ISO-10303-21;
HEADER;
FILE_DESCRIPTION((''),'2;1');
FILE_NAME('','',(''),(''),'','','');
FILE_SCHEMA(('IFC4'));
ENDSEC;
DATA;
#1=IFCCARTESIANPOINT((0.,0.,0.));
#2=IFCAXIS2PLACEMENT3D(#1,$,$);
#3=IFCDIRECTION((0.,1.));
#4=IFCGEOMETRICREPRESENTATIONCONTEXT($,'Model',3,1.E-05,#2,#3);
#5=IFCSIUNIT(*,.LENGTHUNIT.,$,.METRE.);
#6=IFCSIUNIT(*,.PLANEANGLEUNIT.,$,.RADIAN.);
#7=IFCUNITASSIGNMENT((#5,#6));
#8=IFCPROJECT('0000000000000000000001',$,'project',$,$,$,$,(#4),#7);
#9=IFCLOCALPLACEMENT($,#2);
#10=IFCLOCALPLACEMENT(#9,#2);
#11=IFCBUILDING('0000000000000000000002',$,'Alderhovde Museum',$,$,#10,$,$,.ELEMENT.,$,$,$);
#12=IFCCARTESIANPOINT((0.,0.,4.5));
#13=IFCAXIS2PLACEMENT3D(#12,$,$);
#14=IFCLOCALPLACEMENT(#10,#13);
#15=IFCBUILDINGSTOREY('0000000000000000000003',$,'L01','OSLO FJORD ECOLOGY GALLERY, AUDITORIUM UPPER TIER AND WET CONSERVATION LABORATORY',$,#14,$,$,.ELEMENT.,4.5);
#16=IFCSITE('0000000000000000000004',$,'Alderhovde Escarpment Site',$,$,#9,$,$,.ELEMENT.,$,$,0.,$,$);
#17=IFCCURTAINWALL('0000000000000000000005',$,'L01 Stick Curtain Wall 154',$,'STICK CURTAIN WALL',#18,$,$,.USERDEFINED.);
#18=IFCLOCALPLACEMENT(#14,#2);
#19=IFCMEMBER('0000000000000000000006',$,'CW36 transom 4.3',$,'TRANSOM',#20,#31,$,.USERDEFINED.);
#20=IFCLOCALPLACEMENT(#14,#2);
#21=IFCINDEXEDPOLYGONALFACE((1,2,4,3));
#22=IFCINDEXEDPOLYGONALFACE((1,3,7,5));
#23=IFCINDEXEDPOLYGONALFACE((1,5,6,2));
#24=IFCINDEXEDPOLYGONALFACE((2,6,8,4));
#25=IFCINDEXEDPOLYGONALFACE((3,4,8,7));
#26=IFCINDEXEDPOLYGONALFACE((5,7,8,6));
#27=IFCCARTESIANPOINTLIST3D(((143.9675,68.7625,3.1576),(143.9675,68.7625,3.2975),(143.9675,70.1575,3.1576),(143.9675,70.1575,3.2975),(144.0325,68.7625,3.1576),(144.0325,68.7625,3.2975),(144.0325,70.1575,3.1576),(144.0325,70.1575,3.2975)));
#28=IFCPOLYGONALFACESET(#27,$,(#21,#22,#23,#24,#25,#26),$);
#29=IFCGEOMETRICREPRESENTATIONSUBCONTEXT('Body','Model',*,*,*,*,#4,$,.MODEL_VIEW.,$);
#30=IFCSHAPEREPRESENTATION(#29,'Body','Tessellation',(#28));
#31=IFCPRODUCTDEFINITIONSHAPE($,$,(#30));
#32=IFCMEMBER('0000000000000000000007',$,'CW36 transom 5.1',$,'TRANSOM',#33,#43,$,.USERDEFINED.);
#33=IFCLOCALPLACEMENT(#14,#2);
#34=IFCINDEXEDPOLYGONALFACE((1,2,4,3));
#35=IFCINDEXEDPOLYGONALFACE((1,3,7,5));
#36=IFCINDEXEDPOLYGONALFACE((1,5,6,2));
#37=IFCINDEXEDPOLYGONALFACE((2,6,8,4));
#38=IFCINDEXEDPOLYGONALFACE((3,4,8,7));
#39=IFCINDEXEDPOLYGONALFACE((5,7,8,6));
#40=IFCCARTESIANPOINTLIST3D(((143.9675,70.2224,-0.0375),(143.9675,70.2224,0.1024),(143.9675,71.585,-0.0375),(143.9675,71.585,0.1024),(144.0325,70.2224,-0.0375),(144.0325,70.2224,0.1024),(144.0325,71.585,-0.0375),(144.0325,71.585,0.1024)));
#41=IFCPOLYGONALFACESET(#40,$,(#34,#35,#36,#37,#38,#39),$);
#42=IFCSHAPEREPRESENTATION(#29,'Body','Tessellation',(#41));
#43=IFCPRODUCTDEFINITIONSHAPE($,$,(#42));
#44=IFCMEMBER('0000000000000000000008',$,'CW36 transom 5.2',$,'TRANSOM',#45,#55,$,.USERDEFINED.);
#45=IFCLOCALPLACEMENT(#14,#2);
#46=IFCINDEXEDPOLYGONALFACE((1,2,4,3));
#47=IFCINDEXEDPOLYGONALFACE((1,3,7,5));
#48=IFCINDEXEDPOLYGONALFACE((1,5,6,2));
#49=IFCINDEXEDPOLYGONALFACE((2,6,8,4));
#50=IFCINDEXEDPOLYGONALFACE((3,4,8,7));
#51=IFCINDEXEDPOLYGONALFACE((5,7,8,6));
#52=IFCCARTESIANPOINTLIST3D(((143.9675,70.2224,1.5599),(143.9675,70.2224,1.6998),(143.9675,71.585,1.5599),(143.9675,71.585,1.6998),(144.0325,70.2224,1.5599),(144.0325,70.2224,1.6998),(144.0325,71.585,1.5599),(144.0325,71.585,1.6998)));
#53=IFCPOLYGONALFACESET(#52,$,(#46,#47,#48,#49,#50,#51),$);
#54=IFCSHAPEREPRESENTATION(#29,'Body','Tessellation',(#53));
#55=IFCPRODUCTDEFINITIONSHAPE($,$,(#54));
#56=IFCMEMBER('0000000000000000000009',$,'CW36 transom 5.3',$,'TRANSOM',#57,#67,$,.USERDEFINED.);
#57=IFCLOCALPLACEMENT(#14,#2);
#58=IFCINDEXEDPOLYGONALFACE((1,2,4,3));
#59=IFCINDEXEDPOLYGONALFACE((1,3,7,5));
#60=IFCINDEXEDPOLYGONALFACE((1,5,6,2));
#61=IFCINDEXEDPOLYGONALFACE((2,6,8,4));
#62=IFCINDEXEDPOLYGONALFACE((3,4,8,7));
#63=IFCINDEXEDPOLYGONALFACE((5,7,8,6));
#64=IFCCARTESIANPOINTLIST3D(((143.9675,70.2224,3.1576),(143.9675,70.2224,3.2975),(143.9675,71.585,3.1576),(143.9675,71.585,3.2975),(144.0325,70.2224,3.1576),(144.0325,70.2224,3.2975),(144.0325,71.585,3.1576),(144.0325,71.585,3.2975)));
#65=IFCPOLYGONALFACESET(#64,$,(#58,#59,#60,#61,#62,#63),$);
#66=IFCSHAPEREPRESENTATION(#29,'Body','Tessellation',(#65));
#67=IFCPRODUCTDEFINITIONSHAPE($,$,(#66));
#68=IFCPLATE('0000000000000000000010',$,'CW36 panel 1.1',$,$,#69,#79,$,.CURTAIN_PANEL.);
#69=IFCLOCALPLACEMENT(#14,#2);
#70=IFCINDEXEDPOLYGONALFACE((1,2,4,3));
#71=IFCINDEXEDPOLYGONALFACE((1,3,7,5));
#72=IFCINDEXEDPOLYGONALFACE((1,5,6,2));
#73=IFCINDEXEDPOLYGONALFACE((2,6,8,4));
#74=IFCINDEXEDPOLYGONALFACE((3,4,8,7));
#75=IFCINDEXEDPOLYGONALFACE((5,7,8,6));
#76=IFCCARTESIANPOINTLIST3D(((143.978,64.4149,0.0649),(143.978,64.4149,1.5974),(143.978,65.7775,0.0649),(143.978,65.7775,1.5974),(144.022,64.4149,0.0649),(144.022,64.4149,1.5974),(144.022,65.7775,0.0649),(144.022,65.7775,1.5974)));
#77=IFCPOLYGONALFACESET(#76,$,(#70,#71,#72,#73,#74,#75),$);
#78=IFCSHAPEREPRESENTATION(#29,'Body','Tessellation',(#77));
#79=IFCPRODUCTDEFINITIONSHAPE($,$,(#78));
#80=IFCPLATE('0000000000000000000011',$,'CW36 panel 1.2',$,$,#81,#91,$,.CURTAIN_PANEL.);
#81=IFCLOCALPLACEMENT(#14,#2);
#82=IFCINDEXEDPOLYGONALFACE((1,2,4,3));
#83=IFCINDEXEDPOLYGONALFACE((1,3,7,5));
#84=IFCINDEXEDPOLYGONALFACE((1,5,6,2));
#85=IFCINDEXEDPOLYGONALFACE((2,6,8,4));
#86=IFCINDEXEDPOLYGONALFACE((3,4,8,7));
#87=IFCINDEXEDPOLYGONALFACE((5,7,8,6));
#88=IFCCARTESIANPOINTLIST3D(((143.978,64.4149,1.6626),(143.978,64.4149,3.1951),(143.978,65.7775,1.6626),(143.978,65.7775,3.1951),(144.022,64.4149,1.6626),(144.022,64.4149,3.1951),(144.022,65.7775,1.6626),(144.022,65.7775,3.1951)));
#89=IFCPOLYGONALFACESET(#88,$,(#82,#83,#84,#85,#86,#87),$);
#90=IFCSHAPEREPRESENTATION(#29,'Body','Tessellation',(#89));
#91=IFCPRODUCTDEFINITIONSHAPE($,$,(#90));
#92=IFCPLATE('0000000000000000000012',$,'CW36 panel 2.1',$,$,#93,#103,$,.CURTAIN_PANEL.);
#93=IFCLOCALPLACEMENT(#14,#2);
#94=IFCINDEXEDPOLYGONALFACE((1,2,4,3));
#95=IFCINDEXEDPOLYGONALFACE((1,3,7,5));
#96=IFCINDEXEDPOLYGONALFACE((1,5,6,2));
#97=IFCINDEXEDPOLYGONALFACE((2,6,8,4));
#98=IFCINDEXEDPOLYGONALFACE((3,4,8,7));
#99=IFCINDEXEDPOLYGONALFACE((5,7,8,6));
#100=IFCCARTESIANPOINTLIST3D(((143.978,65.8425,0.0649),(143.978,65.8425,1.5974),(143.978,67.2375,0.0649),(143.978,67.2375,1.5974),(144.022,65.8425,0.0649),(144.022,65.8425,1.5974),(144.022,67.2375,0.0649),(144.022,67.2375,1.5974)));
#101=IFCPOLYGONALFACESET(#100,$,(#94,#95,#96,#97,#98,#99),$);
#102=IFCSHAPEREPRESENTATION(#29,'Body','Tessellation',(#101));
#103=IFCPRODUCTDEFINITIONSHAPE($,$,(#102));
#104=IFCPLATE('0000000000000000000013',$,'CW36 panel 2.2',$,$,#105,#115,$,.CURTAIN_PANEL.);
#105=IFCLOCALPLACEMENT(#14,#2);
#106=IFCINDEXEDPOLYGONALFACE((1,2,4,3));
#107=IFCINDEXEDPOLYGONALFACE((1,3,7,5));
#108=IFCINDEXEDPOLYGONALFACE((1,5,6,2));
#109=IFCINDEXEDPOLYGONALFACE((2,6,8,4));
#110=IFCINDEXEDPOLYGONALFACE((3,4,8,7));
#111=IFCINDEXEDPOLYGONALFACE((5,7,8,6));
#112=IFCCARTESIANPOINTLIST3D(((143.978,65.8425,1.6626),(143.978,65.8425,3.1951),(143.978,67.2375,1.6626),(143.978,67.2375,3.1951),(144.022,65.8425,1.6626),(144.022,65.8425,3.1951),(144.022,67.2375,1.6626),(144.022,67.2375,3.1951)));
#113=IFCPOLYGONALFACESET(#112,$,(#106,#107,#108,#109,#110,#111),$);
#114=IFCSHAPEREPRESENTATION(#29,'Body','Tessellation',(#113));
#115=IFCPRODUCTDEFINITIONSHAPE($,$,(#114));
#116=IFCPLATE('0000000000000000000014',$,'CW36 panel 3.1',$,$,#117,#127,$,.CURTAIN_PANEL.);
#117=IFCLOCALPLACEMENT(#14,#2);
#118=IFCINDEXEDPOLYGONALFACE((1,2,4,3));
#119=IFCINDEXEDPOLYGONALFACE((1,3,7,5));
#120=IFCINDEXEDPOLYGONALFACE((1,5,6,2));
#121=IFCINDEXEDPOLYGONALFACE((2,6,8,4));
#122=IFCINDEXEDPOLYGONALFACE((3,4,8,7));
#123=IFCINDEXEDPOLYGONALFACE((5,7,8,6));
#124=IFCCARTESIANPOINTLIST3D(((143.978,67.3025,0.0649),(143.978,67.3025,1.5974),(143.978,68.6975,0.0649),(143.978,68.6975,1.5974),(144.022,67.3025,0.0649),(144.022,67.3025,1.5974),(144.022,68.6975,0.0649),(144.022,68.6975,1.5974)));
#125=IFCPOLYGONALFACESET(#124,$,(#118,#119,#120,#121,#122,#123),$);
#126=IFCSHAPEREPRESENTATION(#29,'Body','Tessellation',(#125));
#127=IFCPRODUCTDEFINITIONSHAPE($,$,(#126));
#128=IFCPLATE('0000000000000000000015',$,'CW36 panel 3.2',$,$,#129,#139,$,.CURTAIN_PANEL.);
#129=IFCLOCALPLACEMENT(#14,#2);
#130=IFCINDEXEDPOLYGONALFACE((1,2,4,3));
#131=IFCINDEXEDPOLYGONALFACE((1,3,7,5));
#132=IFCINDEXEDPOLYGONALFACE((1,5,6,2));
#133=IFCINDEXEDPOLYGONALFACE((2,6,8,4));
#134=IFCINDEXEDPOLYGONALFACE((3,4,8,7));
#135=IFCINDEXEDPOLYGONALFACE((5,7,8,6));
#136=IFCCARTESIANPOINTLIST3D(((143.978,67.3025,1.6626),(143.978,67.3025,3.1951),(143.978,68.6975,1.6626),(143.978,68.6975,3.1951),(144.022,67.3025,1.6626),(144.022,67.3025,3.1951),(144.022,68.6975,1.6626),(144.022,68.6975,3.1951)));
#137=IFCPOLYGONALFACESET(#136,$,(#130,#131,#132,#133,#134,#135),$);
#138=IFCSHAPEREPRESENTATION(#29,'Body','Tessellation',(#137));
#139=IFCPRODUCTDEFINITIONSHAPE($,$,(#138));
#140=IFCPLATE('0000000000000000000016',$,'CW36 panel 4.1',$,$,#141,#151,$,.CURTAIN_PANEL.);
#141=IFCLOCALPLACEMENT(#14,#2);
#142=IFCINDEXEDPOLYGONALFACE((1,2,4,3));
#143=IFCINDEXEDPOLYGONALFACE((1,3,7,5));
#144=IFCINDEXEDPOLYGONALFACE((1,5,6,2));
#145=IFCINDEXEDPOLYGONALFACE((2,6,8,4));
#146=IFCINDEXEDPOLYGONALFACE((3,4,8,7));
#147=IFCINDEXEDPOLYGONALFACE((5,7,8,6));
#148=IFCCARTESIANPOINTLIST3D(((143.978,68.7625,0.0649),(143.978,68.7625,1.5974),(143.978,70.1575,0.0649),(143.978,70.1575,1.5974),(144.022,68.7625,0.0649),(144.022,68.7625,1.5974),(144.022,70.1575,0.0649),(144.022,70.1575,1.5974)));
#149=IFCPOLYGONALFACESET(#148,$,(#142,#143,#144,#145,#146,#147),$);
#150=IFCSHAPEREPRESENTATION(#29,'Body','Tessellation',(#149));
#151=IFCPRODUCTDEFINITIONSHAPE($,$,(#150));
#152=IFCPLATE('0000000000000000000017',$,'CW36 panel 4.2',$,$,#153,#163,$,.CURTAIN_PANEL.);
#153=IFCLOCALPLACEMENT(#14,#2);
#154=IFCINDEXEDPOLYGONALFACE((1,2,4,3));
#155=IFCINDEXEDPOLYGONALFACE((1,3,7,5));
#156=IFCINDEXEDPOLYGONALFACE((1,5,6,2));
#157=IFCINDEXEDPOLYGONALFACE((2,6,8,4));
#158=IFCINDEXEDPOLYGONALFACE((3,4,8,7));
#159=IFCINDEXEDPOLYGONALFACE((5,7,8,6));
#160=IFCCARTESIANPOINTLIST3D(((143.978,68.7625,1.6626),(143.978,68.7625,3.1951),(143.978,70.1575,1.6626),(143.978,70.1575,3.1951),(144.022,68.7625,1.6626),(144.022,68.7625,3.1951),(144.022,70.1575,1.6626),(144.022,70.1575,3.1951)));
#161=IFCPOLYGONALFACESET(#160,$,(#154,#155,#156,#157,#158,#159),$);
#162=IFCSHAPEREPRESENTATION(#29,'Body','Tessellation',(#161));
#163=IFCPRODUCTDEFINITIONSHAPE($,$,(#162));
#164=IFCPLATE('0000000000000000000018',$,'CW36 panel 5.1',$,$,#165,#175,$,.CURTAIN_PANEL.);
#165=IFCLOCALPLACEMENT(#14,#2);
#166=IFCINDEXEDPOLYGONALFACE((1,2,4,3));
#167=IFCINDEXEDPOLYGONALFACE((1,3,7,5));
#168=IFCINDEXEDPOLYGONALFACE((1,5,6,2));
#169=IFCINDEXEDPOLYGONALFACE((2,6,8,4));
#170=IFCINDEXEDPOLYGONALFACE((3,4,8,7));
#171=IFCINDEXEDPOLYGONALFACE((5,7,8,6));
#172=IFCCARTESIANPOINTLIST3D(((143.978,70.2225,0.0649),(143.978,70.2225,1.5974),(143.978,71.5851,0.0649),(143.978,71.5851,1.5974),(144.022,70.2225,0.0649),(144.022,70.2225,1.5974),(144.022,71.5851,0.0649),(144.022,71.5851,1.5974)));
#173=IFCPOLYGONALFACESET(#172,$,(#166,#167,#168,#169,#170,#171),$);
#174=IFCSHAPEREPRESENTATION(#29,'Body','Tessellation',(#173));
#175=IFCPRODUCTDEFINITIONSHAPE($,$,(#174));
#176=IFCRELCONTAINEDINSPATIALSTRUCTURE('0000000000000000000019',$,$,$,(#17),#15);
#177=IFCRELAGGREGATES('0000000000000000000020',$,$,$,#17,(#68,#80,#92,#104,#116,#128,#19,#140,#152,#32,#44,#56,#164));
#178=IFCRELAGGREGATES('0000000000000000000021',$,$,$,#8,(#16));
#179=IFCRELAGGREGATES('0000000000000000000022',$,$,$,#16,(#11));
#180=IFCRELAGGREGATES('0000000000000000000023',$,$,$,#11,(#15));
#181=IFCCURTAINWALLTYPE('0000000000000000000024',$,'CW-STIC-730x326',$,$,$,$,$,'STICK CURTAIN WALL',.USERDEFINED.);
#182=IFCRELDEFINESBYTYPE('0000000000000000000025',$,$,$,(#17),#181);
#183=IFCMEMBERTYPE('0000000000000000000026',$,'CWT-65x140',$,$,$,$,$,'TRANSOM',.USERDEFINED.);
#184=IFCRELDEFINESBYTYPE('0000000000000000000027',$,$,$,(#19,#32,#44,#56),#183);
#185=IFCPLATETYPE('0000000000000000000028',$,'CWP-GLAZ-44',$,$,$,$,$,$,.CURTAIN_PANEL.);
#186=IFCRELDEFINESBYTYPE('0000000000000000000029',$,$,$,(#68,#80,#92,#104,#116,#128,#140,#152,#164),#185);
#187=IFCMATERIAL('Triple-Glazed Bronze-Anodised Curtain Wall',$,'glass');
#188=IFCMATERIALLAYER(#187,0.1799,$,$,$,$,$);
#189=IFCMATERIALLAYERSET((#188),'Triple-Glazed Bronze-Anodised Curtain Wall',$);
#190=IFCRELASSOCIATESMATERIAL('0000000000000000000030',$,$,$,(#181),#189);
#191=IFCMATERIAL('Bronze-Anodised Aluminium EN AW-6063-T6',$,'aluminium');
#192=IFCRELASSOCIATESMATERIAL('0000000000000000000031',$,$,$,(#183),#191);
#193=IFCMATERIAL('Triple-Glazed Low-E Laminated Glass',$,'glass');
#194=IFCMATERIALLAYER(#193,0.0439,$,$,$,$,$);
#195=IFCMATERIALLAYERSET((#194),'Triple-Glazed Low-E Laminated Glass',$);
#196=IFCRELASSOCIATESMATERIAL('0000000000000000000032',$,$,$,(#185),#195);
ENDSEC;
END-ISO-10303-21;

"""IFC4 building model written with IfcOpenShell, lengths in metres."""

from ifc_helpers import new_model, si_unit, direction, frame, origin, origin_2d, place, context, subcontext, project, spatial, rectangle, extrude, material, layer, layer_set, material_profile, profile_set, type_object, element, aggregate, save


model = new_model("IFC4")

# Units and contexts
model_context = context("Model", 3, precision=1e-05, world=origin(), true_north=direction((0.0, 1.0)))
body_context = subcontext(model_context, "Body", "Model", "MODEL_VIEW")
ifc_project = project(units=[si_unit("LENGTHUNIT", "METRE"), si_unit("PLANEANGLEUNIT", "RADIAN")], contexts=[model_context])

# Site, building, storey
site_placement = place(None, origin())
site = spatial("IfcSite", under=ifc_project, at=site_placement, Name="Alderhovde Escarpment Site", CompositionType="ELEMENT", RefElevation=0.0)
building_placement = place(site_placement, origin())
building = spatial("IfcBuilding", under=site, at=building_placement, Name="Alderhovde Museum", CompositionType="ELEMENT")
storey_placement = place(building_placement, frame((0.0, 0.0, 4.5)))
storey = spatial("IfcBuildingStorey", under=building, at=storey_placement, Name="L01", Description="OSLO FJORD ECOLOGY GALLERY, AUDITORIUM UPPER TIER AND WET CONSERVATION LABORATORY", CompositionType="ELEMENT", Elevation=4.5)

# Curtain wall, members, plates
ifc_material_1 = material(Name="Triple-Glazed Bronze-Anodised Curtain Wall", Category="glass")
ifc_layer_1 = layer(ifc_material_1, 0.1799)
ifc_layer_set_1 = layer_set([ifc_layer_1], Name="Triple-Glazed Bronze-Anodised Curtain Wall")
curtain_wall_type = type_object("IfcCurtainWallType", Name="CW-STIC-730x326", ElementType="STICK CURTAIN WALL", PredefinedType="USERDEFINED", material=ifc_layer_set_1)
curtain_wall_placement = place(storey_placement, origin())
curtain_wall = element("IfcCurtainWall", 1, at=curtain_wall_placement, inside=storey, type_object=curtain_wall_type, Name="L01 Stick Curtain Wall 154", ObjectType="STICK CURTAIN WALL", PredefinedType="USERDEFINED")
ifc_material_2 = material(Name="Bronze-Anodised Aluminium EN AW-6063-T6", Category="aluminium")
ifc_material_profile_1 = material_profile(ifc_material_2, rectangle(XDim=0.0649, YDim=0.1399, at=origin_2d()), Name="TRANSOM 65x140")
ifc_profile_set_1 = profile_set([ifc_material_profile_1], Name="Bronze-Anodised Aluminium EN AW-6063-T6")
member_type_1 = type_object("IfcMemberType", Name="CWT-65x140", ElementType="TRANSOM", PredefinedType="USERDEFINED", material=ifc_profile_set_1)
member_1_placement = place(storey_placement, frame((144.0, 68.7625, 3.2275), z_axis=(0.0, 1.0, 0.0), x_axis=(-1.0, 0.0, 0.0)))
member_1 = element("IfcMember", 2, at=member_1_placement, type_object=member_type_1, Name="CW36 transom 4.3", ObjectType="TRANSOM", PredefinedType="USERDEFINED", context=body_context, shape_type="SweptSolid", body=[
    extrude(rectangle(XDim=0.0649, YDim=0.1399, at=origin_2d()), origin(), (0.0, 0.0, 1.0), 1.395),
])
member_2_placement = place(storey_placement, frame((144.0, 70.2224, 0.0325), z_axis=(0.0, 1.0, 0.0), x_axis=(-1.0, 0.0, 0.0)))
member_2 = element("IfcMember", 3, at=member_2_placement, type_object=member_type_1, Name="CW36 transom 5.1", ObjectType="TRANSOM", PredefinedType="USERDEFINED", context=body_context, shape_type="SweptSolid", body=[
    extrude(rectangle(XDim=0.0649, YDim=0.1399, at=origin_2d()), origin(), (0.0, 0.0, 1.0), 1.3625),
])
member_3_placement = place(storey_placement, frame((144.0, 70.2224, 1.6299), z_axis=(0.0, 1.0, 0.0), x_axis=(-1.0, 0.0, 0.0)))
member_3 = element("IfcMember", 4, at=member_3_placement, type_object=member_type_1, Name="CW36 transom 5.2", ObjectType="TRANSOM", PredefinedType="USERDEFINED", context=body_context, shape_type="SweptSolid", body=[
    extrude(rectangle(XDim=0.0649, YDim=0.1399, at=origin_2d()), origin(), (0.0, 0.0, 1.0), 1.3625),
])
member_4_placement = place(storey_placement, frame((144.0, 70.2224, 3.2275), z_axis=(0.0, 1.0, 0.0), x_axis=(-1.0, 0.0, 0.0)))
member_4 = element("IfcMember", 5, at=member_4_placement, type_object=member_type_1, Name="CW36 transom 5.3", ObjectType="TRANSOM", PredefinedType="USERDEFINED", context=body_context, shape_type="SweptSolid", body=[
    extrude(rectangle(XDim=0.0649, YDim=0.1399, at=origin_2d()), origin(), (0.0, 0.0, 1.0), 1.3625),
])
ifc_material_3 = material(Name="Triple-Glazed Low-E Laminated Glass", Category="glass")
ifc_layer_2 = layer(ifc_material_3, 0.0439)
ifc_layer_set_2 = layer_set([ifc_layer_2], Name="Triple-Glazed Low-E Laminated Glass")
plate_type = type_object("IfcPlateType", Name="CWP-GLAZ-44", PredefinedType="CURTAIN_PANEL", material=ifc_layer_set_2)
plate_1_placement = place(storey_placement, frame((144.0, 65.0962, 0.0649), z_axis=(0.0, 0.0, 1.0), x_axis=(0.0, 1.0, 0.0)))
plate_1 = element("IfcPlate", 6, at=plate_1_placement, type_object=plate_type, Name="CW36 panel 1.1", PredefinedType="CURTAIN_PANEL", context=body_context, shape_type="SweptSolid", body=[
    extrude(rectangle(XDim=1.3625, YDim=0.0439, at=origin_2d()), origin(), (0.0, 0.0, 1.0), 1.5325),
])
plate_2_placement = place(storey_placement, frame((144.0, 65.0962, 1.6626), z_axis=(0.0, 0.0, 1.0), x_axis=(0.0, 1.0, 0.0)))
plate_2 = element("IfcPlate", 7, at=plate_2_placement, type_object=plate_type, Name="CW36 panel 1.2", PredefinedType="CURTAIN_PANEL", context=body_context, shape_type="SweptSolid", body=[
    extrude(rectangle(XDim=1.3625, YDim=0.0439, at=origin_2d()), origin(), (0.0, 0.0, 1.0), 1.5325),
])
plate_3_placement = place(storey_placement, frame((144.0, 66.54, 0.0649), z_axis=(0.0, 0.0, 1.0), x_axis=(0.0, 1.0, 0.0)))
plate_3 = element("IfcPlate", 8, at=plate_3_placement, type_object=plate_type, Name="CW36 panel 2.1", PredefinedType="CURTAIN_PANEL", context=body_context, shape_type="SweptSolid", body=[
    extrude(rectangle(XDim=1.395, YDim=0.0439, at=origin_2d()), origin(), (0.0, 0.0, 1.0), 1.5325),
])
plate_4_placement = place(storey_placement, frame((144.0, 66.54, 1.6626), z_axis=(0.0, 0.0, 1.0), x_axis=(0.0, 1.0, 0.0)))
plate_4 = element("IfcPlate", 9, at=plate_4_placement, type_object=plate_type, Name="CW36 panel 2.2", PredefinedType="CURTAIN_PANEL", context=body_context, shape_type="SweptSolid", body=[
    extrude(rectangle(XDim=1.395, YDim=0.0439, at=origin_2d()), origin(), (0.0, 0.0, 1.0), 1.5325),
])
plate_5_placement = place(storey_placement, frame((144.0, 68.0, 0.0649), z_axis=(0.0, 0.0, 1.0), x_axis=(0.0, 1.0, 0.0)))
plate_5 = element("IfcPlate", 10, at=plate_5_placement, type_object=plate_type, Name="CW36 panel 3.1", PredefinedType="CURTAIN_PANEL", context=body_context, shape_type="SweptSolid", body=[
    extrude(rectangle(XDim=1.395, YDim=0.0439, at=origin_2d()), origin(), (0.0, 0.0, 1.0), 1.5325),
])
plate_6_placement = place(storey_placement, frame((144.0, 68.0, 1.6626), z_axis=(0.0, 0.0, 1.0), x_axis=(0.0, 1.0, 0.0)))
plate_6 = element("IfcPlate", 11, at=plate_6_placement, type_object=plate_type, Name="CW36 panel 3.2", PredefinedType="CURTAIN_PANEL", context=body_context, shape_type="SweptSolid", body=[
    extrude(rectangle(XDim=1.395, YDim=0.0439, at=origin_2d()), origin(), (0.0, 0.0, 1.0), 1.5325),
])
plate_7_placement = place(storey_placement, frame((144.0, 69.46, 0.0649), z_axis=(0.0, 0.0, 1.0), x_axis=(0.0, 1.0, 0.0)))
plate_7 = element("IfcPlate", 12, at=plate_7_placement, type_object=plate_type, Name="CW36 panel 4.1", PredefinedType="CURTAIN_PANEL", context=body_context, shape_type="SweptSolid", body=[
    extrude(rectangle(XDim=1.395, YDim=0.0439, at=origin_2d()), origin(), (0.0, 0.0, 1.0), 1.5325),
])
plate_8_placement = place(storey_placement, frame((144.0, 69.46, 1.6626), z_axis=(0.0, 0.0, 1.0), x_axis=(0.0, 1.0, 0.0)))
plate_8 = element("IfcPlate", 13, at=plate_8_placement, type_object=plate_type, Name="CW36 panel 4.2", PredefinedType="CURTAIN_PANEL", context=body_context, shape_type="SweptSolid", body=[
    extrude(rectangle(XDim=1.395, YDim=0.0439, at=origin_2d()), origin(), (0.0, 0.0, 1.0), 1.5325),
])
plate_9_placement = place(storey_placement, frame((144.0, 70.9038, 0.0649), z_axis=(0.0, 0.0, 1.0), x_axis=(0.0, 1.0, 0.0)))
plate_9 = element("IfcPlate", 14, at=plate_9_placement, type_object=plate_type, Name="CW36 panel 5.1", PredefinedType="CURTAIN_PANEL", context=body_context, shape_type="SweptSolid", body=[
    extrude(rectangle(XDim=1.3625, YDim=0.0439, at=origin_2d()), origin(), (0.0, 0.0, 1.0), 1.5325),
])
aggregate(curtain_wall, [plate_1, plate_2, plate_3, plate_4, plate_5, plate_6, member_1, plate_7, plate_8, member_2, member_3, member_4, plate_9])

save(model, "model.ifc")
